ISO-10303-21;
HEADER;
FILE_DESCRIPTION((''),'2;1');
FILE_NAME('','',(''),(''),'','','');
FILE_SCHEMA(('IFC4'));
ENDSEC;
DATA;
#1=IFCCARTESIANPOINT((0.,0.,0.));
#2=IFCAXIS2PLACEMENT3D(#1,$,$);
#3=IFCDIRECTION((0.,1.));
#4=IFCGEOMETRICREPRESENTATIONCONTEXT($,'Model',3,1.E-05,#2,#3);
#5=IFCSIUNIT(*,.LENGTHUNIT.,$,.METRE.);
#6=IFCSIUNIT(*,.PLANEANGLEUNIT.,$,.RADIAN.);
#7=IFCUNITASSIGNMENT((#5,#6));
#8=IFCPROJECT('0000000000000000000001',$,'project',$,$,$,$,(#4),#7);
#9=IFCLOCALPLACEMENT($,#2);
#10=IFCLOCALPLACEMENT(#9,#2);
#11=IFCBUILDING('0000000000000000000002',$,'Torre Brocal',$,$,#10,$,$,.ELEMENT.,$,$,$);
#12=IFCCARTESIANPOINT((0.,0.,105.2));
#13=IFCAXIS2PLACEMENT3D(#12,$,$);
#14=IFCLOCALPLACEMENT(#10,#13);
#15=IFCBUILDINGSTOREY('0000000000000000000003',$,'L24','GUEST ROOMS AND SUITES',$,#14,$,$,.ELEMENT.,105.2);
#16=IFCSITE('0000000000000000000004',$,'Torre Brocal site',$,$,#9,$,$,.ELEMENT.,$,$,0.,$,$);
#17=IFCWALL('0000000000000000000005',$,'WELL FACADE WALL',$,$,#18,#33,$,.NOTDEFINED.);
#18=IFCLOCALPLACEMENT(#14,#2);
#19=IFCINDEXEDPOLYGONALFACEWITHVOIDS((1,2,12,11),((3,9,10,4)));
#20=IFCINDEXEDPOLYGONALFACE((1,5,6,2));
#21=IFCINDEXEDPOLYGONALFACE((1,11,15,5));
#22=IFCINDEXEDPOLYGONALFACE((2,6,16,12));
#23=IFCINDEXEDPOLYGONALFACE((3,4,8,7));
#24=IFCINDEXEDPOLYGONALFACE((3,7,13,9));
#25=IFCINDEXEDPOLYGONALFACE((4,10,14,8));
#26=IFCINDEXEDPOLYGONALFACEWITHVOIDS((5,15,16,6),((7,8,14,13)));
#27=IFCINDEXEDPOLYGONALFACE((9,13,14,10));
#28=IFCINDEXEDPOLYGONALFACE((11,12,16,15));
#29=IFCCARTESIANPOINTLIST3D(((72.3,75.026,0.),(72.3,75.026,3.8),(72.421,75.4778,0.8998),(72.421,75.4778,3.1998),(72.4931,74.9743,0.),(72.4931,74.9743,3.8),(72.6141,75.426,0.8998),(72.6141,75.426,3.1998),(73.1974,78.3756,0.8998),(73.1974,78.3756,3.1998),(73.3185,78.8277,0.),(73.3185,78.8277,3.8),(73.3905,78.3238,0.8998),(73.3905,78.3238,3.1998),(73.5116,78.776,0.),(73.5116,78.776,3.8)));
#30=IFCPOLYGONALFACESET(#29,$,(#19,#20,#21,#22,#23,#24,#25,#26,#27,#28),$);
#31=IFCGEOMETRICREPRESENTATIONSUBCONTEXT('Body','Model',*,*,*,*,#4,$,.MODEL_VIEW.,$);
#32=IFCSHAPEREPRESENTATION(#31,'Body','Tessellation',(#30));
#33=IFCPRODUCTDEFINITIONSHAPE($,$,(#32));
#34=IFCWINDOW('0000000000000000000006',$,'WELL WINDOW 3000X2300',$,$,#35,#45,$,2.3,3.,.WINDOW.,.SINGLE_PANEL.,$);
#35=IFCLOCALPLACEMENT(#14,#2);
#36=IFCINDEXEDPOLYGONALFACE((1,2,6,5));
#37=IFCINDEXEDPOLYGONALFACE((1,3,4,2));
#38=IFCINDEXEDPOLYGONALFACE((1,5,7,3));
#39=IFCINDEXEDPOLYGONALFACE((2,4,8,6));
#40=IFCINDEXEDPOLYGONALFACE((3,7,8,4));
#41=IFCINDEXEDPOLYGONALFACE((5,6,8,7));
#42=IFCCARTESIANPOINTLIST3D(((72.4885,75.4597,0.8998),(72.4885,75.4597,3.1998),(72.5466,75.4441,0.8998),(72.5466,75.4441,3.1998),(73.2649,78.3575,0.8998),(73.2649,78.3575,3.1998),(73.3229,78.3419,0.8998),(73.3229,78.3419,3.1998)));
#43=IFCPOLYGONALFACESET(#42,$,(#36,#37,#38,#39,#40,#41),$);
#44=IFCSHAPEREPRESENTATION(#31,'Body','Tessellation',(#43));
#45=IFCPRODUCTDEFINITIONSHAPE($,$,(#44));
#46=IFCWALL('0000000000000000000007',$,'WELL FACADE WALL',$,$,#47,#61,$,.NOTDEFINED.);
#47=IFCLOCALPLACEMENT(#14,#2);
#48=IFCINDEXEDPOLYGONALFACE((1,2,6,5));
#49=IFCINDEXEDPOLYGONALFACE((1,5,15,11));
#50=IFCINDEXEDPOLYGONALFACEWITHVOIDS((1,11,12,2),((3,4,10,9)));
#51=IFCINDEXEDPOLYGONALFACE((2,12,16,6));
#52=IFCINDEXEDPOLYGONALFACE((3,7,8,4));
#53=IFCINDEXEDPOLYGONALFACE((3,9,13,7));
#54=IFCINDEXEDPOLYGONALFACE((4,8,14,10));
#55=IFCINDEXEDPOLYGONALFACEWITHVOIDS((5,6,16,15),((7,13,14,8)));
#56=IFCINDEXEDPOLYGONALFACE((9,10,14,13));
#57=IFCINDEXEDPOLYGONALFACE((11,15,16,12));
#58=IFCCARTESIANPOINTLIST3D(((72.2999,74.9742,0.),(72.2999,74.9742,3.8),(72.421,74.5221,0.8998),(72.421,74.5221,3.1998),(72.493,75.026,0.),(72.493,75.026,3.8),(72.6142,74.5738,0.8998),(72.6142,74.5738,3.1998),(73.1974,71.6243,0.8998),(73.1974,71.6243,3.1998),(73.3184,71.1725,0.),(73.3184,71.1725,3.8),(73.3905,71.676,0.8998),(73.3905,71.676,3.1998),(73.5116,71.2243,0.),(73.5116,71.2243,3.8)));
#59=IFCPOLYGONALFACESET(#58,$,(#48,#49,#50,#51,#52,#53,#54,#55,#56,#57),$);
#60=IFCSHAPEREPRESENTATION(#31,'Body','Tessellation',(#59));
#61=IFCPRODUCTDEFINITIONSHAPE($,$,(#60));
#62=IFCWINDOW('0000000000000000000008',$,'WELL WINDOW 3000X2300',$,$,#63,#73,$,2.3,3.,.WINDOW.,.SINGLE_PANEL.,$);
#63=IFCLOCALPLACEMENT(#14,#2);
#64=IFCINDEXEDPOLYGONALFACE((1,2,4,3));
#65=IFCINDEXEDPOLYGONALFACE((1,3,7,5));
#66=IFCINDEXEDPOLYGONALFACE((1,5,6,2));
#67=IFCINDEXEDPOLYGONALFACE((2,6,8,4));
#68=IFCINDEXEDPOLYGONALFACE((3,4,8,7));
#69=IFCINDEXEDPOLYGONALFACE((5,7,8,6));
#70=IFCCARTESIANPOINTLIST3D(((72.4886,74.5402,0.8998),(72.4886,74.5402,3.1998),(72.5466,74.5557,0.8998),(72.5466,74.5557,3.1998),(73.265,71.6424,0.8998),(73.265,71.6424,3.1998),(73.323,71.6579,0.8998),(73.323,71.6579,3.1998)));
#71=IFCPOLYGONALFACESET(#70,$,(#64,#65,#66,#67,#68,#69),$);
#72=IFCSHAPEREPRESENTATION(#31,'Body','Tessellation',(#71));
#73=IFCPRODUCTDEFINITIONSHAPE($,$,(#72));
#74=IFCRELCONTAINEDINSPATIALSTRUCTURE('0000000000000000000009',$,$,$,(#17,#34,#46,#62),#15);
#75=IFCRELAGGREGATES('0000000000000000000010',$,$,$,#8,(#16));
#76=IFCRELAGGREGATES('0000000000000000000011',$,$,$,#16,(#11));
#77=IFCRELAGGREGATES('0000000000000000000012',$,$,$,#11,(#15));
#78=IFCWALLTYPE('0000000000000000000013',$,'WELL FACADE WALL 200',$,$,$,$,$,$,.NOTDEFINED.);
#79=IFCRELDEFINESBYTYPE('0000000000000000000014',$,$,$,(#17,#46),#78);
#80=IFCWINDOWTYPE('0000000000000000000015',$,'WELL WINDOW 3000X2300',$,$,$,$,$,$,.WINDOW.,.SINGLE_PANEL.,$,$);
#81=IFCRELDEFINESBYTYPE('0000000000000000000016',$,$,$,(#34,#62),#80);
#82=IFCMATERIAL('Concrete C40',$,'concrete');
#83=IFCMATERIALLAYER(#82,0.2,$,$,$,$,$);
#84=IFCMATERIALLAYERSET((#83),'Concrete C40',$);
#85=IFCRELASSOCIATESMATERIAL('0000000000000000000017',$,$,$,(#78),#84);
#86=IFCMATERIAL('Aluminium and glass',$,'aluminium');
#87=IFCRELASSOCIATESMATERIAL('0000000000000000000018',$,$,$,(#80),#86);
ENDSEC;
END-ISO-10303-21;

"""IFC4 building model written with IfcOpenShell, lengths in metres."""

from ifc_helpers import new_model, si_unit, direction, frame, frame_2d, origin, place, context, subcontext, project, spatial, rectangle, extrude, material, layer, layer_set, type_object, element, fill, save


model = new_model("IFC4")

# Units and contexts
model_context = context("Model", 3, precision=1e-05, world=origin(), true_north=direction((0.0, 1.0)))
body_context = subcontext(model_context, "Body", "Model", "MODEL_VIEW")
ifc_project = project(units=[si_unit("LENGTHUNIT", "METRE"), si_unit("PLANEANGLEUNIT", "RADIAN")], contexts=[model_context])

# Site, building, storey
site_placement = place(None, origin())
site = spatial("IfcSite", under=ifc_project, at=site_placement, Name="Torre Brocal site", CompositionType="ELEMENT", RefElevation=0.0)
building_placement = place(site_placement, origin())
building = spatial("IfcBuilding", under=site, at=building_placement, Name="Torre Brocal", CompositionType="ELEMENT")
storey_placement = place(building_placement, frame((0.0, 0.0, 105.2)))
storey = spatial("IfcBuildingStorey", under=building, at=storey_placement, Name="L24", Description="GUEST ROOMS AND SUITES", CompositionType="ELEMENT", Elevation=105.2)

# Walls, openings, windows
ifc_material_1 = material(Name="Concrete C40", Category="concrete")
ifc_layer_1 = layer(ifc_material_1, 0.2)
ifc_layer_set_1 = layer_set([ifc_layer_1], Name="Concrete C40")
wall_type_1 = type_object("IfcWallType", Name="WELL FACADE WALL 200", PredefinedType="NOTDEFINED", material=ifc_layer_set_1)
ifc_material_2 = material(Name="Aluminium and glass", Category="aluminium")
window_type = type_object("IfcWindowType", Name="WELL WINDOW 3000X2300", PartitioningType="SINGLE_PANEL", PredefinedType="WINDOW", material=ifc_material_2)
wall_1_placement = place(storey_placement, frame((73.415, 78.8018, 0.0), z_axis=(0.0, 0.0, 1.0), x_axis=(-0.25879, -0.965934, 0.0)))
wall_1 = element("IfcWall", 1, at=wall_1_placement, inside=storey, type_object=wall_type_1, Name="WELL FACADE WALL", PredefinedType="NOTDEFINED", context=body_context, shape_type="SweptSolid", body=[
    extrude(rectangle(XDim=3.9358, YDim=0.2, at=frame_2d((1.9678, 0.0))), origin(), (0.0, 0.0, 1.0), 3.8),
])
opening_1_placement = place(wall_1_placement, frame((0.468, 0.0, 0.8999)))
opening_1 = element("IfcOpeningElement", 2, at=opening_1_placement, cuts=wall_1, PredefinedType="OPENING", context=body_context, shape_type="SweptSolid", body=[
    extrude(rectangle(XDim=3.0, YDim=2.3, at=frame_2d((1.5, 1.1499))), frame((0.0, 0.1099, 0.0), z_axis=(0.0, -1.0, 0.0), x_axis=(1.0, 0.0, 0.0)), (0.0, 0.0, 1.0), 0.22),
])
window_1_placement = place(opening_1_placement, origin())
window_1 = element("IfcWindow", 3, at=window_1_placement, inside=storey, type_object=window_type, Name="WELL WINDOW 3000X2300", OverallHeight=2.3, OverallWidth=3.0, PartitioningType="SINGLE_PANEL", PredefinedType="WINDOW", context=body_context, shape_type="SweptSolid", body=[
    extrude(rectangle(XDim=3.0, YDim=2.3, at=frame_2d((1.5, 1.1499))), frame((0.0, 0.03, 0.0), z_axis=(0.0, -1.0, 0.0), x_axis=(1.0, 0.0, 0.0)), (0.0, 0.0, 1.0), 0.0601),
])
fill(opening_1, window_1)
wall_2_placement = place(storey_placement, frame((72.3965, 75.0, 0.0), z_axis=(0.0, 0.0, 1.0), x_axis=(0.25879, -0.965934, 0.0)))
wall_2 = element("IfcWall", 4, at=wall_2_placement, inside=storey, type_object=wall_type_1, Name="WELL FACADE WALL", PredefinedType="NOTDEFINED", context=body_context, shape_type="SweptSolid", body=[
    extrude(rectangle(XDim=3.9358, YDim=0.2, at=frame_2d((1.9678, 0.0))), origin(), (0.0, 0.0, 1.0), 3.8),
])
opening_2_placement = place(wall_2_placement, frame((0.468, 0.0, 0.8999)))
opening_2 = element("IfcOpeningElement", 5, at=opening_2_placement, cuts=wall_2, PredefinedType="OPENING", context=body_context, shape_type="SweptSolid", body=[
    extrude(rectangle(XDim=3.0, YDim=2.3, at=frame_2d((1.5, 1.1499))), frame((0.0, 0.1099, 0.0), z_axis=(0.0, -1.0, 0.0), x_axis=(1.0, 0.0, 0.0)), (0.0, 0.0, 1.0), 0.22),
])
window_2_placement = place(opening_2_placement, origin())
window_2 = element("IfcWindow", 6, at=window_2_placement, inside=storey, type_object=window_type, Name="WELL WINDOW 3000X2300", OverallHeight=2.3, OverallWidth=3.0, PartitioningType="SINGLE_PANEL", PredefinedType="WINDOW", context=body_context, shape_type="SweptSolid", body=[
    extrude(rectangle(XDim=3.0, YDim=2.3, at=frame_2d((1.5, 1.1499))), frame((0.0, 0.03, 0.0), z_axis=(0.0, -1.0, 0.0), x_axis=(1.0, 0.0, 0.0)), (0.0, 0.0, 1.0), 0.0601),
])
fill(opening_2, window_2)

save(model, "model.ifc")
